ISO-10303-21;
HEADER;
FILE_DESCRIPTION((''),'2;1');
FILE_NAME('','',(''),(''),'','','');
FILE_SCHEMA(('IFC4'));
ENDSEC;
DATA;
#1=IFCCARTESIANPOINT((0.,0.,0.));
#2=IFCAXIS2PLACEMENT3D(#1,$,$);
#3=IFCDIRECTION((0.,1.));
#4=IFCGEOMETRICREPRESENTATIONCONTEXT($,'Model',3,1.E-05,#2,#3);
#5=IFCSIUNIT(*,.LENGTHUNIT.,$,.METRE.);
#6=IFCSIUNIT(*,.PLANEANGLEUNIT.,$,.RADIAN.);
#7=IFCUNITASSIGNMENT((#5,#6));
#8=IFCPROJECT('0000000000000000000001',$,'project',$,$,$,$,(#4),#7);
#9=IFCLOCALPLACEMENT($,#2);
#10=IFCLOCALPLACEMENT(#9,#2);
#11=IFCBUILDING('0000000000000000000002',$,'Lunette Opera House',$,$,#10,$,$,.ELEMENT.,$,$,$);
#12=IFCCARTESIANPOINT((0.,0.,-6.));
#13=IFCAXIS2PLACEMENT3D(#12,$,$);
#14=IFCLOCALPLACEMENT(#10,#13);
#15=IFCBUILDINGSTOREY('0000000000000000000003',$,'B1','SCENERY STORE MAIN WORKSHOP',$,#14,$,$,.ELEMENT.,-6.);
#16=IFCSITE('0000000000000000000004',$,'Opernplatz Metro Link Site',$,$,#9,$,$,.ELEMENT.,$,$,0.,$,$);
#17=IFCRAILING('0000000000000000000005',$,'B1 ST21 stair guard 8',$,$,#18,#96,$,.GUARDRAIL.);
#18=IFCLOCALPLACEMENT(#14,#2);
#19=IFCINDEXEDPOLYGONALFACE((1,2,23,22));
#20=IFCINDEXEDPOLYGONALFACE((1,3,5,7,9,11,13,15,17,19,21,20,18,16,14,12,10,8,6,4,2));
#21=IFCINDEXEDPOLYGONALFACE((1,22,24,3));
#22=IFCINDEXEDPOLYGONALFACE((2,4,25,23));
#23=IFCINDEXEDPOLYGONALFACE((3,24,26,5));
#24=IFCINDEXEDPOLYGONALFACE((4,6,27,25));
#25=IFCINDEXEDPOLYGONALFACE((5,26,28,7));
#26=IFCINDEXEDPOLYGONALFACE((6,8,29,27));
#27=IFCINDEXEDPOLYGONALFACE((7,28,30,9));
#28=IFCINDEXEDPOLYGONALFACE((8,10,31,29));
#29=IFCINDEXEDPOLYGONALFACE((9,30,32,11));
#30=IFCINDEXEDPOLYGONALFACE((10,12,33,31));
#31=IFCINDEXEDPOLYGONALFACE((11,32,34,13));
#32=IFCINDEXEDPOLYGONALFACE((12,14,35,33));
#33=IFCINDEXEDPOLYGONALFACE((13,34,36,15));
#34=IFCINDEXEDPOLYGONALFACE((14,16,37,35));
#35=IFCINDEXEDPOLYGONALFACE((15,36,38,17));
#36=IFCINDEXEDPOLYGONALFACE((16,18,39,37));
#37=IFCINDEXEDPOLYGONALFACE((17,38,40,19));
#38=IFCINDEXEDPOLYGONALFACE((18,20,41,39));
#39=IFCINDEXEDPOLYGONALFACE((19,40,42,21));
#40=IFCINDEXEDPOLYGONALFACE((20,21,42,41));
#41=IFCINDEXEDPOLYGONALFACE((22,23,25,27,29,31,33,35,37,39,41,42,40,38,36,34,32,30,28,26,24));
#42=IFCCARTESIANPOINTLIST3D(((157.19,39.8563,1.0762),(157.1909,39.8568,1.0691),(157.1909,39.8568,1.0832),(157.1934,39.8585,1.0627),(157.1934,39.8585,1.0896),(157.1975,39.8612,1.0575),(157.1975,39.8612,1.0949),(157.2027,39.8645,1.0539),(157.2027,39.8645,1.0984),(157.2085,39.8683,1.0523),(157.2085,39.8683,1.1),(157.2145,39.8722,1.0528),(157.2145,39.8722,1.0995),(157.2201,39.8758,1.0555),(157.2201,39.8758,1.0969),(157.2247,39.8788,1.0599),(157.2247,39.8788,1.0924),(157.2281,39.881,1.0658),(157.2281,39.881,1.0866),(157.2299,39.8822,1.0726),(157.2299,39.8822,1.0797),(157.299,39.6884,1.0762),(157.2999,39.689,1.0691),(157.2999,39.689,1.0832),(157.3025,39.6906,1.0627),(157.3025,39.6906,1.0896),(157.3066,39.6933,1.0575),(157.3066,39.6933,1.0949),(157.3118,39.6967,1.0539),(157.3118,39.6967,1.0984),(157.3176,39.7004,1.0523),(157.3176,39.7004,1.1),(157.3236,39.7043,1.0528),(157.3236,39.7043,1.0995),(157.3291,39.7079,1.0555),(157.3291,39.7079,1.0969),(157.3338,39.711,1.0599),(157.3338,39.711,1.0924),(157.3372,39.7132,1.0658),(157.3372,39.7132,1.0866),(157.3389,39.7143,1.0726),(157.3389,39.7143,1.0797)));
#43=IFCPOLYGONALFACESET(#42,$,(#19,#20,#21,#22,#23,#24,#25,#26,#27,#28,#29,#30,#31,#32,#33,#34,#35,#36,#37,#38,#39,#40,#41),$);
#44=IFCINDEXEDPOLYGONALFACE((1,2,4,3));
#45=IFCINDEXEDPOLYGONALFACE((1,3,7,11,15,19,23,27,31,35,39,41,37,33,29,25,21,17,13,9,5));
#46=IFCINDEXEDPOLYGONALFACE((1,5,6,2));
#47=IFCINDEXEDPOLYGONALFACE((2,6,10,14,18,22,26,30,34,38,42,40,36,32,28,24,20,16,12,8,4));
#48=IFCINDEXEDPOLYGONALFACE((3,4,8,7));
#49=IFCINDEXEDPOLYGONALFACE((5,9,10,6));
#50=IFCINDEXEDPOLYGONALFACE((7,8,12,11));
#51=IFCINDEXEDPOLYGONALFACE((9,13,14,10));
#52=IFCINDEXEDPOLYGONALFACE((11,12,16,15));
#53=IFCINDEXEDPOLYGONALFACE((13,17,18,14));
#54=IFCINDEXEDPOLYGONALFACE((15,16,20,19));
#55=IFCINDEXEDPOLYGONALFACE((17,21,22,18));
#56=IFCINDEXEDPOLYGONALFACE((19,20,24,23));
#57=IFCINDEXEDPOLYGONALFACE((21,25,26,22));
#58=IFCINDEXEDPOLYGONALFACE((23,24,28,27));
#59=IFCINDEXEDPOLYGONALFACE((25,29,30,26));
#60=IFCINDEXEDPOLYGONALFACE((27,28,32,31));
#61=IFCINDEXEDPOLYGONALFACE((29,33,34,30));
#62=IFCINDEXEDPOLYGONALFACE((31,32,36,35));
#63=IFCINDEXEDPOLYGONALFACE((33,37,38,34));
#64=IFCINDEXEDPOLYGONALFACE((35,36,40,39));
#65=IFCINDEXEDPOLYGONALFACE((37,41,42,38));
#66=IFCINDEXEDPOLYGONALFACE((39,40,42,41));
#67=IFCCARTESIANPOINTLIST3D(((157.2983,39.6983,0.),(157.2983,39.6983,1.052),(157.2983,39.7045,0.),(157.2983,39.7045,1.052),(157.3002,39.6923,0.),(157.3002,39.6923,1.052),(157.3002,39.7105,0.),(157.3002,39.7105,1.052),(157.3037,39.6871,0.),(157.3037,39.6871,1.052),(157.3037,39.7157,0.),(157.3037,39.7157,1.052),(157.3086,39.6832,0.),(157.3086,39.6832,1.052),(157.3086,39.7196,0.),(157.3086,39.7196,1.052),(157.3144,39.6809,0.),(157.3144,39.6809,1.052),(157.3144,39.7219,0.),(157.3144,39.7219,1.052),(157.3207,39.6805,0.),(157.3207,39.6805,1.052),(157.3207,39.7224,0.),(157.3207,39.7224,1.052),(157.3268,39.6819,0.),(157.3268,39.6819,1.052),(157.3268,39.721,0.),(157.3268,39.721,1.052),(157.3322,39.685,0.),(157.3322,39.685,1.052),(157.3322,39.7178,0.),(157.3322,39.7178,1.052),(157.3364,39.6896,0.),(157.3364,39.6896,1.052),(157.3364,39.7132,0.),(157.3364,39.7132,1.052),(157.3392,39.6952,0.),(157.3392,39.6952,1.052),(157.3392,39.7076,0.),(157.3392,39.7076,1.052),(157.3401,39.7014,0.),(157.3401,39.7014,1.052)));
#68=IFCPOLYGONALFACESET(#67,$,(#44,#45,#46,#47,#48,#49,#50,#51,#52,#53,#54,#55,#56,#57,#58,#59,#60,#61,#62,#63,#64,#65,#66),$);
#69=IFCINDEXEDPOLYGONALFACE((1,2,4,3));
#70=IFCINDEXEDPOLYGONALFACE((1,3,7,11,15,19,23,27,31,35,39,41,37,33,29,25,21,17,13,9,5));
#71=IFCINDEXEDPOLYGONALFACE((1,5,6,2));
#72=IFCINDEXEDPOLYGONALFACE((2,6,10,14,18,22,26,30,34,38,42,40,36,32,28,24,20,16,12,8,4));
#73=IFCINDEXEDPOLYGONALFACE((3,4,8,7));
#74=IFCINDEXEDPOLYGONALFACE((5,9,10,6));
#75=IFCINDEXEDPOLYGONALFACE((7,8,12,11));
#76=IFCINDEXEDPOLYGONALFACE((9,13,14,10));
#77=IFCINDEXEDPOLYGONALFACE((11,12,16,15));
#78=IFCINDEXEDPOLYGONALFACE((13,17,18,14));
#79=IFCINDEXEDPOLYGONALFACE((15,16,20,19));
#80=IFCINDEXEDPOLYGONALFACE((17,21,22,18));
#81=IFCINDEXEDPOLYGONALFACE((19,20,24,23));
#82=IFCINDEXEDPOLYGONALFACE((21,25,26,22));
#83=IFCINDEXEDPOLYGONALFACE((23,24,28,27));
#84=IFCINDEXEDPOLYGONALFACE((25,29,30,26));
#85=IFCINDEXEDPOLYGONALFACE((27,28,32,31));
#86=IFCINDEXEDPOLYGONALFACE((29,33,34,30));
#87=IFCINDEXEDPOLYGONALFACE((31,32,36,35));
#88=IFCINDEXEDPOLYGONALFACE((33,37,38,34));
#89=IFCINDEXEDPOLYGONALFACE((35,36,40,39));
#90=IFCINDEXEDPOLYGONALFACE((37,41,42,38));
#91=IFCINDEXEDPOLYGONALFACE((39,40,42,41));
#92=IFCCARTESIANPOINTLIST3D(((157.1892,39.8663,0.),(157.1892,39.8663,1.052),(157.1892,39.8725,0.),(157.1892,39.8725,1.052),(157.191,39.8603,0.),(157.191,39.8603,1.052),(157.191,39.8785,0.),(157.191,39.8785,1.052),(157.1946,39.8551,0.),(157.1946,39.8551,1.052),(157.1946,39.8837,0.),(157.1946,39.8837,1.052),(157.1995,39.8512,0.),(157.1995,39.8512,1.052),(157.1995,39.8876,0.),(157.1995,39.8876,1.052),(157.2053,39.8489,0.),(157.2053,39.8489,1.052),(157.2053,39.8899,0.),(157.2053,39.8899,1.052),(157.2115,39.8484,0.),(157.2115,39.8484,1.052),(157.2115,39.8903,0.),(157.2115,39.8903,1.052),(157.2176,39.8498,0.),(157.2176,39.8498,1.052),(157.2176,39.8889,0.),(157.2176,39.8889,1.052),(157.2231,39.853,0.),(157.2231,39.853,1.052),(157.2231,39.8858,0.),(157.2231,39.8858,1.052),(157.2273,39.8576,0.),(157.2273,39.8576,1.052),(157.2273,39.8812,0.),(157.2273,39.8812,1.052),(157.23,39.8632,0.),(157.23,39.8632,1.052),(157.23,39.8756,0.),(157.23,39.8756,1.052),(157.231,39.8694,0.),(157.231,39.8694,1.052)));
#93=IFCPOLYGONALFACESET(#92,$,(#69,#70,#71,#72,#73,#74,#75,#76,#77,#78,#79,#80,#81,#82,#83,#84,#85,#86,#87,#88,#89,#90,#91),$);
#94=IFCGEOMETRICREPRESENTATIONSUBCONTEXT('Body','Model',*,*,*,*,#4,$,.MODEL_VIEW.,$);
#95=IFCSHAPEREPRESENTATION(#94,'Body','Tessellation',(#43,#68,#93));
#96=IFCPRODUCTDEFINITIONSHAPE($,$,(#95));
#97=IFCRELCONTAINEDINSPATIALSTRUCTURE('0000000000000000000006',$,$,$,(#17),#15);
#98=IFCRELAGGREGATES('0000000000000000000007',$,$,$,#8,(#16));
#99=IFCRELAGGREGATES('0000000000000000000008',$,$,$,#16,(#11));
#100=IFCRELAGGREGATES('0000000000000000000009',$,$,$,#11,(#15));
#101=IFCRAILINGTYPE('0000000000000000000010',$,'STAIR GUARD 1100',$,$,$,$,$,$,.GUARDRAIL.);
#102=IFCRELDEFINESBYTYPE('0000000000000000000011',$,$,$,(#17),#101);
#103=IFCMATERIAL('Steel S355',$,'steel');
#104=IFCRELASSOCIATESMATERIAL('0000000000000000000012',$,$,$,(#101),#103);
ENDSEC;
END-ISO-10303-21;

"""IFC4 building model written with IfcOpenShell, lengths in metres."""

from ifc_helpers import new_model, si_unit, direction, frame, origin, origin_2d, place, context, subcontext, project, spatial, circle, extrude, material, type_object, element, save


model = new_model("IFC4")

# Units and contexts
model_context = context("Model", 3, precision=1e-05, world=origin(), true_north=direction((0.0, 1.0)))
body_context = subcontext(model_context, "Body", "Model", "MODEL_VIEW")
ifc_project = project(units=[si_unit("LENGTHUNIT", "METRE"), si_unit("PLANEANGLEUNIT", "RADIAN")], contexts=[model_context])

# Site, building, storey
site_placement = place(None, origin())
site = spatial("IfcSite", under=ifc_project, at=site_placement, Name="Opernplatz Metro Link Site", CompositionType="ELEMENT", RefElevation=0.0)
building_placement = place(site_placement, origin())
building = spatial("IfcBuilding", under=site, at=building_placement, Name="Lunette Opera House", CompositionType="ELEMENT")
storey_placement = place(building_placement, frame((0.0, 0.0, -6.0)))
storey = spatial("IfcBuildingStorey", under=building, at=storey_placement, Name="B1", Description="SCENERY STORE MAIN WORKSHOP", CompositionType="ELEMENT", Elevation=-6.0)

# Railing
ifc_material_1 = material(Name="Steel S355", Category="steel")
railing_type_1 = type_object("IfcRailingType", Name="STAIR GUARD 1100", PredefinedType="GUARDRAIL", material=ifc_material_1)
railing_1_placement = place(storey_placement, frame((157.3191, 39.7014, 0.0)))
element("IfcRailing", 1, at=railing_1_placement, inside=storey, type_object=railing_type_1, Name="B1 ST21 stair guard 8", PredefinedType="GUARDRAIL", context=body_context, shape_type="SweptSolid", body=[
    extrude(circle(Radius=0.0239, at=origin_2d()), frame((0.0, 0.0, 1.0762), z_axis=(-0.544817, 0.838555, 0.0), x_axis=(-0.838555, -0.544817, 0.0)), (0.0, 0.0, 1.0), 0.2002),
    extrude(circle(Radius=0.021, at=origin_2d()), origin(), (0.0, 0.0, 1.0), 1.052),
    extrude(circle(Radius=0.021, at=origin_2d()), frame((-0.1091, 0.168, 0.0)), (0.0, 0.0, 1.0), 1.052),
])

save(model, "model.ifc")
